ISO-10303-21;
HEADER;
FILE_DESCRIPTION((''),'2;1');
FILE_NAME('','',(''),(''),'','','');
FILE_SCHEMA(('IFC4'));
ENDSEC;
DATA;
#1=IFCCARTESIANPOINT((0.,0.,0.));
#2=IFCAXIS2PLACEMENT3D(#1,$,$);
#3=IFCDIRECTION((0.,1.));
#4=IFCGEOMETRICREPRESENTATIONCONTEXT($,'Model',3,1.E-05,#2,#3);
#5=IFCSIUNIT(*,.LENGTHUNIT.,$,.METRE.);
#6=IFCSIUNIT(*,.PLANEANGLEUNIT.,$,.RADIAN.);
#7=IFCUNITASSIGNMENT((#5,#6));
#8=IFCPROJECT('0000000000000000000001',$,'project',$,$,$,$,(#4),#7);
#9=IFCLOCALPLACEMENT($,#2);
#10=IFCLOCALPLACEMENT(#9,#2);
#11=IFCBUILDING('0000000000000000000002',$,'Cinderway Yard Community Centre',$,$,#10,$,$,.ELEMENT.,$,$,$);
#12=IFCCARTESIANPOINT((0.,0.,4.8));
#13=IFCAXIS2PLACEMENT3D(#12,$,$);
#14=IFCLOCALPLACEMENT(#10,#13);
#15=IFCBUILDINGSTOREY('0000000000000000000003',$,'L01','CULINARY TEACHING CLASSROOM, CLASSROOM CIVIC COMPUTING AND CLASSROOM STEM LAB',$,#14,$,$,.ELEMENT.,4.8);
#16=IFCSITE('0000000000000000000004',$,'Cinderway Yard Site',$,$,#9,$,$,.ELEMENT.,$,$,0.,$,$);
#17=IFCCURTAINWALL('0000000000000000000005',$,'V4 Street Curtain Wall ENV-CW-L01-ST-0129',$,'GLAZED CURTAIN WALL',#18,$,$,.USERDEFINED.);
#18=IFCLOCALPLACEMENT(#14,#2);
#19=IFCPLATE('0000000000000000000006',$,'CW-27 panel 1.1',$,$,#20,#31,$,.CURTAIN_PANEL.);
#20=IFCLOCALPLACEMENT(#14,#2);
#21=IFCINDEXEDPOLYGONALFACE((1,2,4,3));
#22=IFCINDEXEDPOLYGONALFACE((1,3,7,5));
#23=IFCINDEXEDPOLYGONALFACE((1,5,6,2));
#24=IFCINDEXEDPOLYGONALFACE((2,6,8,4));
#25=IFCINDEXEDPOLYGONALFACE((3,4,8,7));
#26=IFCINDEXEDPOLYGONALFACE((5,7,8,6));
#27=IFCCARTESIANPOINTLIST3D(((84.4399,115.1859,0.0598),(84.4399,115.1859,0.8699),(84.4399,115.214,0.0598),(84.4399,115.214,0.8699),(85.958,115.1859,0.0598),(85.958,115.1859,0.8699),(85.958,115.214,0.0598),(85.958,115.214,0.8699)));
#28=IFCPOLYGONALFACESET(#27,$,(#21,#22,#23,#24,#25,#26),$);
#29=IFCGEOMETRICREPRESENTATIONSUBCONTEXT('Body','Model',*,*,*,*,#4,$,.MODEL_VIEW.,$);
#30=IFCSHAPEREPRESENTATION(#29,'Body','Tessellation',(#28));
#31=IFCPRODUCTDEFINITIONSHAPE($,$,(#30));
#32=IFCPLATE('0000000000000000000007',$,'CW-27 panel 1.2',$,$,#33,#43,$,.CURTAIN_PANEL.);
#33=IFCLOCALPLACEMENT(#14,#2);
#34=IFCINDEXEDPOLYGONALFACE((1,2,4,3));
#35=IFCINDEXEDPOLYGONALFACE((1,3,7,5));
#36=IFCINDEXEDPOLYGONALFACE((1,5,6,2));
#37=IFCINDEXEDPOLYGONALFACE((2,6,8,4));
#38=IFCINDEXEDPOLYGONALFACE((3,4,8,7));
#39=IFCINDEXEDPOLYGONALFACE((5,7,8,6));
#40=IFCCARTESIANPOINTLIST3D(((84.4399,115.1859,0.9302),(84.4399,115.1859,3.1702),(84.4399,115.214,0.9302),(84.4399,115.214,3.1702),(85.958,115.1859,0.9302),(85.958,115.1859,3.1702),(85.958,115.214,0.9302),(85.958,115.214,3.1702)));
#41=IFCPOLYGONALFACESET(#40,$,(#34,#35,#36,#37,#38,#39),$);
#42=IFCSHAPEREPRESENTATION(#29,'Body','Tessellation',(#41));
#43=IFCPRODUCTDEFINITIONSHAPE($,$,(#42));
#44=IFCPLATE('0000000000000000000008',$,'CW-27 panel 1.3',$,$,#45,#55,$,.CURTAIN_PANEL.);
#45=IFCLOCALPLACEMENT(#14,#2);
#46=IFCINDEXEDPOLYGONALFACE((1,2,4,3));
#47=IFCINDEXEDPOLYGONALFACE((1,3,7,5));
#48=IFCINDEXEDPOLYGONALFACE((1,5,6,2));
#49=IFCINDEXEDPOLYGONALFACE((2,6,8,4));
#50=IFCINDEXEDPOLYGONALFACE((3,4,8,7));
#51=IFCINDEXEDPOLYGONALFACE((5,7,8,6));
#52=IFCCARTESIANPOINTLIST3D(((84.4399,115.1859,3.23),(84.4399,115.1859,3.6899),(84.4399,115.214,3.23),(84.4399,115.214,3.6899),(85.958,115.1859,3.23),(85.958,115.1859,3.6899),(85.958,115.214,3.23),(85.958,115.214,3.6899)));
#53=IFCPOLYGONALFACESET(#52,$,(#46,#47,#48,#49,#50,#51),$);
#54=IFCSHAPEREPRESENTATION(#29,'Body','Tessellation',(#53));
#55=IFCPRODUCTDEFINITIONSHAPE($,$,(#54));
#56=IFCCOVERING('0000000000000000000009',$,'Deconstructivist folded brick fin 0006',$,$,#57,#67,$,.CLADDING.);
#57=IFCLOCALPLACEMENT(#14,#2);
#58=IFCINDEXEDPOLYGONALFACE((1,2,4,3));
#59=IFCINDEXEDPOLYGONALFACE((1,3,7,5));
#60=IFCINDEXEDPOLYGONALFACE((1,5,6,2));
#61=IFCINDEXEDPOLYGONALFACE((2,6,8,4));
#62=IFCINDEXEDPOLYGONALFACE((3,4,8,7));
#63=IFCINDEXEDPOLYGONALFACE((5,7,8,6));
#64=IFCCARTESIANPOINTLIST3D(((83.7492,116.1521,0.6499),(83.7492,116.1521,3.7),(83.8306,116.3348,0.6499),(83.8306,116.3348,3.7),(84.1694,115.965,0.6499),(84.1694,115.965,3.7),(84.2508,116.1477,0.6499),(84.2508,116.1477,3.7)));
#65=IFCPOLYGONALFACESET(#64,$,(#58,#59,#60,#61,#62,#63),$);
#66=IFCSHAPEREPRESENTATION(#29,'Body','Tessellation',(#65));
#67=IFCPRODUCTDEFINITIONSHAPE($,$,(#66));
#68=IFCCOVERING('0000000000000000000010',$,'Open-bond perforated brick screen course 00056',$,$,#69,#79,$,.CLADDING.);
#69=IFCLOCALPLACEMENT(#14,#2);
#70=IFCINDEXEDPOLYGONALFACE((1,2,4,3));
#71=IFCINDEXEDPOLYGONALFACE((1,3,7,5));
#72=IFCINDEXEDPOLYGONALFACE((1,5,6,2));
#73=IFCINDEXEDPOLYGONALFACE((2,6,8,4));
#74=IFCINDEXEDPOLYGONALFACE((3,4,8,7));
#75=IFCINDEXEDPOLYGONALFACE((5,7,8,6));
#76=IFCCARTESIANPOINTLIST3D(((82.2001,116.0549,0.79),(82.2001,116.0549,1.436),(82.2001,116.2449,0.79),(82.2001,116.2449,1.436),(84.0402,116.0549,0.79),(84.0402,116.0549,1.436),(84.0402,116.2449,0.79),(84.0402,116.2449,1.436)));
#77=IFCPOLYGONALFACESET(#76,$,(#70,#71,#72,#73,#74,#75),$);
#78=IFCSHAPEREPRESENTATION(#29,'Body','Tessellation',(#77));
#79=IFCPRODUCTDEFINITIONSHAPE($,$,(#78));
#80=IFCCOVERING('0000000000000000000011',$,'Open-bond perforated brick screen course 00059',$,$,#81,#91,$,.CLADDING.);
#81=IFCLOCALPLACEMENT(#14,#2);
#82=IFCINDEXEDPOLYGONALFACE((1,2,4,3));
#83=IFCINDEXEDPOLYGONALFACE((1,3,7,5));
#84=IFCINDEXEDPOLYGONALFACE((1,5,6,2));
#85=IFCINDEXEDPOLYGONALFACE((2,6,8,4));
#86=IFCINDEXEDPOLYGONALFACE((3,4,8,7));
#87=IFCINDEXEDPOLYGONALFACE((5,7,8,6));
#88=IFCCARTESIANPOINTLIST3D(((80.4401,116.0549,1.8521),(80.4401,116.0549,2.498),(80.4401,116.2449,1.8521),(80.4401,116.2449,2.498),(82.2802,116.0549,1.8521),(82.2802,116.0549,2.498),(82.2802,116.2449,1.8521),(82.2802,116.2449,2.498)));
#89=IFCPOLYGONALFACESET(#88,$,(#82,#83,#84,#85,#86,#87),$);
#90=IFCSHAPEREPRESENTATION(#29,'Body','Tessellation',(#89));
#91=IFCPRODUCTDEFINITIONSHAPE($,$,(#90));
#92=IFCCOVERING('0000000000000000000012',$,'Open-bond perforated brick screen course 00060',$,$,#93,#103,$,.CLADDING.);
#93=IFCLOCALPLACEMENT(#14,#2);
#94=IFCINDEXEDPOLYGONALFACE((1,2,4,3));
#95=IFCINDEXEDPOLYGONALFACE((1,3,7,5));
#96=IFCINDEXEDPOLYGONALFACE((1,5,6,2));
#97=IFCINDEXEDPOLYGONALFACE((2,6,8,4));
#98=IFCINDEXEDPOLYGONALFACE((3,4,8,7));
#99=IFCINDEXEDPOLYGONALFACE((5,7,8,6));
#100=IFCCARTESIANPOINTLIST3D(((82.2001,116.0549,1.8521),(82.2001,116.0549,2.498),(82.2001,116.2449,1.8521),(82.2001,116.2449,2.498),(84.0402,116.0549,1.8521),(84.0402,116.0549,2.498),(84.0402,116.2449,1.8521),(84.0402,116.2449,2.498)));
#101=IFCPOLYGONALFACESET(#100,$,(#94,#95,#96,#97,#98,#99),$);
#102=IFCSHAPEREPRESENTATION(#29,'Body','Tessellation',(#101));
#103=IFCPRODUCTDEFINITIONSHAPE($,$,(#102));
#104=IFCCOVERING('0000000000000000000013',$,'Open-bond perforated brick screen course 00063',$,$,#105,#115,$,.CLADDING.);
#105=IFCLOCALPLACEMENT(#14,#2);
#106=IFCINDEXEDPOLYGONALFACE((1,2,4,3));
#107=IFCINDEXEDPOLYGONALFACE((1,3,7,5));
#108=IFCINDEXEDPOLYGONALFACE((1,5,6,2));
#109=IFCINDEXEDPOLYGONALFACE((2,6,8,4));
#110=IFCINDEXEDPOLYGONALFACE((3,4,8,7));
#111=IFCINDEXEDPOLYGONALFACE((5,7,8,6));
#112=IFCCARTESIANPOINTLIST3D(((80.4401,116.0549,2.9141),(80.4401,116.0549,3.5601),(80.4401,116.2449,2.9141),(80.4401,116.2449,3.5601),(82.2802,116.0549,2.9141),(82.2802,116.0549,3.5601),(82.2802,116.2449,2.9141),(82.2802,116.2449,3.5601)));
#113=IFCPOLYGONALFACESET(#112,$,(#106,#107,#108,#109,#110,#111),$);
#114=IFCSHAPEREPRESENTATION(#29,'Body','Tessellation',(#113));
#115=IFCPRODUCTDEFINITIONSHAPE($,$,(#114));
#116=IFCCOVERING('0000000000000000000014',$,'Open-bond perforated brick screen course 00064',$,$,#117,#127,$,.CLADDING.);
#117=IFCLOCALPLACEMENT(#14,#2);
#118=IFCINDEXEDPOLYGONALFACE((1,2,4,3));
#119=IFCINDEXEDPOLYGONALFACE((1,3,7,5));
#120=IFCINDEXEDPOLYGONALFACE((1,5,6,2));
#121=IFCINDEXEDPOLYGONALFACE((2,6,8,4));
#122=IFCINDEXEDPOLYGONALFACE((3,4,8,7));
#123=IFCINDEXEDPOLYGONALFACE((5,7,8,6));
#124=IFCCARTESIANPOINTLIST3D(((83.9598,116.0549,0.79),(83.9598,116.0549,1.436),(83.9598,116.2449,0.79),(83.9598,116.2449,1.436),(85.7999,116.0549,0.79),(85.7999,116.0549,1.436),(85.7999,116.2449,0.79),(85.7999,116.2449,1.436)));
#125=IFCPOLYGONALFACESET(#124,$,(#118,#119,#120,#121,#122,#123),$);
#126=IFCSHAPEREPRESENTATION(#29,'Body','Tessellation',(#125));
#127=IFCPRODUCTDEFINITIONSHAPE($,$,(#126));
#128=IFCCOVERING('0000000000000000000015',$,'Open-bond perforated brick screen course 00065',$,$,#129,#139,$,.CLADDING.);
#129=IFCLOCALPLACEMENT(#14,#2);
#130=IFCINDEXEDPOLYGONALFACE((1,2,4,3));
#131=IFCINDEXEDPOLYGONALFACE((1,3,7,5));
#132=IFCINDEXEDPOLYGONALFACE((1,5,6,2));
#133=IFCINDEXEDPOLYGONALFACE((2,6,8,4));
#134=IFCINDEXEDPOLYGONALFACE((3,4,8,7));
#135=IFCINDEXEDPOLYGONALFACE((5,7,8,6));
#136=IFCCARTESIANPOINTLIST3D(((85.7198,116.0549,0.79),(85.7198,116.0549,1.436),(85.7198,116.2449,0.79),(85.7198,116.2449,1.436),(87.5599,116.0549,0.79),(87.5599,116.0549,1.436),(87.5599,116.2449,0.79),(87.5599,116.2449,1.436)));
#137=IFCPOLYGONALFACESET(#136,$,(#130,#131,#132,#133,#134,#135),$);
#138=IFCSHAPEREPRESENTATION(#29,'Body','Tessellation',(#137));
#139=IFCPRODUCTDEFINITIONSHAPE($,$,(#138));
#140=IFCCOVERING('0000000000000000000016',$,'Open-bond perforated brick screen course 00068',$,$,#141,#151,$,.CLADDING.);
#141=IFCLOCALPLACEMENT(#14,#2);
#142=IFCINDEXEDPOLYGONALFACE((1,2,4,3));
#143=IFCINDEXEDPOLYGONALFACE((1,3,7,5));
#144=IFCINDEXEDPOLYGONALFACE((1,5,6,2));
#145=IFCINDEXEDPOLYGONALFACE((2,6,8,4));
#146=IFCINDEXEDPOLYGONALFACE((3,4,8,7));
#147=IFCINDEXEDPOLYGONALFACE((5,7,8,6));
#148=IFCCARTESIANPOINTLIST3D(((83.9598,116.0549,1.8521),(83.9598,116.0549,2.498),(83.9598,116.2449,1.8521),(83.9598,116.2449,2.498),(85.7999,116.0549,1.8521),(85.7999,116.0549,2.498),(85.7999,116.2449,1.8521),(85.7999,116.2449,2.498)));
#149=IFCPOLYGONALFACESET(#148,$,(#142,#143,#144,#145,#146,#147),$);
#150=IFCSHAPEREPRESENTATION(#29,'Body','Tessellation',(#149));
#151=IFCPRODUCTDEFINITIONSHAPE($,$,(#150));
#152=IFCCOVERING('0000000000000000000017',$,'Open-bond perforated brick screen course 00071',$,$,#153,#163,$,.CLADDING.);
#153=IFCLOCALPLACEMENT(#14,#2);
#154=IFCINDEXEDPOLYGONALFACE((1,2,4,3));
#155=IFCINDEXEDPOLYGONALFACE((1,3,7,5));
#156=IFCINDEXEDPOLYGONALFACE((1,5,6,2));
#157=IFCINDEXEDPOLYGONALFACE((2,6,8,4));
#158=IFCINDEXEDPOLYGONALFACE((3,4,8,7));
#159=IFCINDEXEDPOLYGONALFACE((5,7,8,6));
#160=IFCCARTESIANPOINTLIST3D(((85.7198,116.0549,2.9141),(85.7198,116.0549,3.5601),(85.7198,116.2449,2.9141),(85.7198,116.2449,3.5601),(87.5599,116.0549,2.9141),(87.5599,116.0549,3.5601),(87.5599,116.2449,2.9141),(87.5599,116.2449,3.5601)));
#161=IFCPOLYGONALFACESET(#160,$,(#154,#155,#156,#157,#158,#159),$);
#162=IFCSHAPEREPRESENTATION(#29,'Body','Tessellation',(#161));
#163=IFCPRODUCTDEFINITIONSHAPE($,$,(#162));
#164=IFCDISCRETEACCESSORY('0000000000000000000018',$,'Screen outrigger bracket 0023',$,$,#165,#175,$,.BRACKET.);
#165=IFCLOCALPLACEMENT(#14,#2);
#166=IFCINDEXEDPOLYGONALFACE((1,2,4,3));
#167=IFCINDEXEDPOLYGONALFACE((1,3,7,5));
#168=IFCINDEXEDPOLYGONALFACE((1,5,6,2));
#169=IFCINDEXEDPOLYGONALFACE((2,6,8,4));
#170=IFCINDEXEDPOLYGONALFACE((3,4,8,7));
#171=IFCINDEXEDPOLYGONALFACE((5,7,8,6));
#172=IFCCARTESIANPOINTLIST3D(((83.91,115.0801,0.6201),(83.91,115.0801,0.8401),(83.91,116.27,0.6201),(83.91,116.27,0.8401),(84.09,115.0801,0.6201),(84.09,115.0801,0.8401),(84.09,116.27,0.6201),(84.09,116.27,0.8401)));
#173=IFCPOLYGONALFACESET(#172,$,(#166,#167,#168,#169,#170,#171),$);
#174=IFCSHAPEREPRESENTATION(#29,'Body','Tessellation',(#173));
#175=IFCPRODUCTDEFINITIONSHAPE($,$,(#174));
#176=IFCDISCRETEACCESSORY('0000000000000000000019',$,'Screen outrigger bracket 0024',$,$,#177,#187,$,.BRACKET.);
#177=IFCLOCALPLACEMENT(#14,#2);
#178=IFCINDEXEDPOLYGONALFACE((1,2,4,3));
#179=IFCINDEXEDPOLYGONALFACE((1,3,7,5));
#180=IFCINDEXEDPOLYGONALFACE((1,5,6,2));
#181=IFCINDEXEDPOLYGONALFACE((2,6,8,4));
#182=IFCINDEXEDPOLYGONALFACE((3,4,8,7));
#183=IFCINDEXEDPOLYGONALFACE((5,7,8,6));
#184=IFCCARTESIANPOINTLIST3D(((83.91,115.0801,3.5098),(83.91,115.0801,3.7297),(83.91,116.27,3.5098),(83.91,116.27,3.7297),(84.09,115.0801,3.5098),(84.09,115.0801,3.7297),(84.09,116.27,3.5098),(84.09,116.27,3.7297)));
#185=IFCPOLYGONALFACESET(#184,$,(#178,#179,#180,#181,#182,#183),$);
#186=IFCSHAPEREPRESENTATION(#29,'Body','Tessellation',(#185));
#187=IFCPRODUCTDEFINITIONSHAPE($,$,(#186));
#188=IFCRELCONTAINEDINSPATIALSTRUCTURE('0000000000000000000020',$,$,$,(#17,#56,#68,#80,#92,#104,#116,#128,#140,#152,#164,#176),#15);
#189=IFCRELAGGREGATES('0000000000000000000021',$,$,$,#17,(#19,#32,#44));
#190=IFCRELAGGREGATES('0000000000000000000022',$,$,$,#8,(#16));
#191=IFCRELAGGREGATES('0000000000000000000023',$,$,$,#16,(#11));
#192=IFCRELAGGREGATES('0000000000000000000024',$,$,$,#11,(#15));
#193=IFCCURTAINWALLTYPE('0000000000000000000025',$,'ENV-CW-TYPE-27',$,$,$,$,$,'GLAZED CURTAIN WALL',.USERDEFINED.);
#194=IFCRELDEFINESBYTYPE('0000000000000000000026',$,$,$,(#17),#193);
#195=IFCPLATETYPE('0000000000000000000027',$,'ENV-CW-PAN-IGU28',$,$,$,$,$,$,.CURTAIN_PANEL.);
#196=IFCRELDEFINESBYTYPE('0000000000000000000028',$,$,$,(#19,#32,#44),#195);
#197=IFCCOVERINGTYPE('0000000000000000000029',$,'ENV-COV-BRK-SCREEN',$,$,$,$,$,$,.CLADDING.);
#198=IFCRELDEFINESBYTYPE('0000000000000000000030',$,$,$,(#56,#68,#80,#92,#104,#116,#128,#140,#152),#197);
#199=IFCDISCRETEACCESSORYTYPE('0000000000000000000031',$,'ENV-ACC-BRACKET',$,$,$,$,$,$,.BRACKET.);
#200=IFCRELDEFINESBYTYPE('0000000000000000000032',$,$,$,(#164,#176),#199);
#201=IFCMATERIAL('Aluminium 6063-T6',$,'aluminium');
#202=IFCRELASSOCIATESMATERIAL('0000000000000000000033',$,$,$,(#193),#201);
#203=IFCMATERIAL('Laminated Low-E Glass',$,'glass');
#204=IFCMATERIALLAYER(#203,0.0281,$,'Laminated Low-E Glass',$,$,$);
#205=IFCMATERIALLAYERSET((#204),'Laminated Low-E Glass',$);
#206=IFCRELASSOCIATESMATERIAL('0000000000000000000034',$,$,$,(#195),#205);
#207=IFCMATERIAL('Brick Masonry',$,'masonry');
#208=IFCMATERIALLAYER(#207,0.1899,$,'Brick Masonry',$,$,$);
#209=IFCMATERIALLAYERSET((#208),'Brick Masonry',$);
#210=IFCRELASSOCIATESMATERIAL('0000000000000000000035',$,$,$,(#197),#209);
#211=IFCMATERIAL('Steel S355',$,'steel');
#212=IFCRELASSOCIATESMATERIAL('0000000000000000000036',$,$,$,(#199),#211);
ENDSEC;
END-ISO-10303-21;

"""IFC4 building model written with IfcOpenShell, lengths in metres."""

from ifc_helpers import new_model, si_unit, direction, frame, origin, origin_2d, place, context, subcontext, project, spatial, rectangle, extrude, material, layer, layer_set, type_object, element, aggregate, save


model = new_model("IFC4")

# Units and contexts
model_context = context("Model", 3, precision=1e-05, world=origin(), true_north=direction((0.0, 1.0)))
body_context = subcontext(model_context, "Body", "Model", "MODEL_VIEW")
ifc_project = project(units=[si_unit("LENGTHUNIT", "METRE"), si_unit("PLANEANGLEUNIT", "RADIAN")], contexts=[model_context])

# Site, building, storey
site_placement = place(None, origin())
site = spatial("IfcSite", under=ifc_project, at=site_placement, Name="Cinderway Yard Site", CompositionType="ELEMENT", RefElevation=0.0)
building_placement = place(site_placement, origin())
building = spatial("IfcBuilding", under=site, at=building_placement, Name="Cinderway Yard Community Centre", CompositionType="ELEMENT")
storey_placement = place(building_placement, frame((0.0, 0.0, 4.8)))
storey = spatial("IfcBuildingStorey", under=building, at=storey_placement, Name="L01", Description="CULINARY TEACHING CLASSROOM, CLASSROOM CIVIC COMPUTING AND CLASSROOM STEM LAB", CompositionType="ELEMENT", Elevation=4.8)

# Curtain wall
ifc_material_1 = material(Name="Aluminium 6063-T6", Category="aluminium")
curtain_wall_type = type_object("IfcCurtainWallType", Name="ENV-CW-TYPE-27", ElementType="GLAZED CURTAIN WALL", PredefinedType="USERDEFINED", material=ifc_material_1)
curtain_wall_placement = place(storey_placement, origin())
curtain_wall = element("IfcCurtainWall", 1, at=curtain_wall_placement, inside=storey, type_object=curtain_wall_type, Name="V4 Street Curtain Wall ENV-CW-L01-ST-0129", ObjectType="GLAZED CURTAIN WALL", PredefinedType="USERDEFINED")

# Shared definitions
ifc_material_2 = material(Name="Steel S355", Category="steel")

# Plates
ifc_material_3 = material(Name="Laminated Low-E Glass", Category="glass")
ifc_layer_1 = layer(ifc_material_3, 0.0281, Name="Laminated Low-E Glass")
ifc_layer_set_1 = layer_set([ifc_layer_1], Name="Laminated Low-E Glass")
plate_type = type_object("IfcPlateType", Name="ENV-CW-PAN-IGU28", PredefinedType="CURTAIN_PANEL", material=ifc_layer_set_1)
plate_1_placement = place(storey_placement, frame((85.199, 115.2, 0.0598), z_axis=(0.0, 0.0, 1.0), x_axis=(1.0, 0.0, 0.0)))
plate_1 = element("IfcPlate", 2, at=plate_1_placement, type_object=plate_type, Name="CW-27 panel 1.1", PredefinedType="CURTAIN_PANEL", context=body_context, shape_type="SweptSolid", body=[
    extrude(rectangle(XDim=1.5181, YDim=0.0281, at=origin_2d()), origin(), (0.0, 0.0, 1.0), 0.8101),
])
plate_2_placement = place(storey_placement, frame((85.199, 115.2, 0.9302), z_axis=(0.0, 0.0, 1.0), x_axis=(1.0, 0.0, 0.0)))
plate_2 = element("IfcPlate", 3, at=plate_2_placement, type_object=plate_type, Name="CW-27 panel 1.2", PredefinedType="CURTAIN_PANEL", context=body_context, shape_type="SweptSolid", body=[
    extrude(rectangle(XDim=1.5181, YDim=0.0281, at=origin_2d()), origin(), (0.0, 0.0, 1.0), 2.24),
])
plate_3_placement = place(storey_placement, frame((85.199, 115.2, 3.23), z_axis=(0.0, 0.0, 1.0), x_axis=(1.0, 0.0, 0.0)))
plate_3 = element("IfcPlate", 4, at=plate_3_placement, type_object=plate_type, Name="CW-27 panel 1.3", PredefinedType="CURTAIN_PANEL", context=body_context, shape_type="SweptSolid", body=[
    extrude(rectangle(XDim=1.5181, YDim=0.0281, at=origin_2d()), origin(), (0.0, 0.0, 1.0), 0.46),
])
aggregate(curtain_wall, [plate_1, plate_2, plate_3])

# Coverings
ifc_material_4 = material(Name="Brick Masonry", Category="masonry")
ifc_layer_2 = layer(ifc_material_4, 0.1899, Name="Brick Masonry")
ifc_layer_set_2 = layer_set([ifc_layer_2], Name="Brick Masonry")
covering_type = type_object("IfcCoveringType", Name="ENV-COV-BRK-SCREEN", PredefinedType="CLADDING", material=ifc_layer_set_2)
covering_placement = place(storey_placement, frame((84.0, 116.1499, 0.6499), z_axis=(0.0, 0.0, 1.0), x_axis=(0.913545, -0.406737, 0.0)))
element("IfcCovering", 5, at=covering_placement, inside=storey, type_object=covering_type, Name="Deconstructivist folded brick fin 0006", PredefinedType="CLADDING", context=body_context, shape_type="SweptSolid", body=[
    extrude(rectangle(XDim=0.46, YDim=0.2, at=origin_2d()), origin(), (0.0, 0.0, 1.0), 3.05),
])
for number, where, z_axis, x_axis, name in (
    (6, (83.1201, 116.1499, 0.79), (0.0, 0.0, 1.0), (1.0, 0.0, 0.0), "Open-bond perforated brick screen course 00056"),
    (7, (81.3601, 116.1499, 1.8521), (0.0, 0.0, 1.0), (1.0, 0.0, 0.0), "Open-bond perforated brick screen course 00059"),
    (8, (83.1201, 116.1499, 1.8521), (0.0, 0.0, 1.0), (1.0, 0.0, 0.0), "Open-bond perforated brick screen course 00060"),
    (9, (81.3601, 116.1499, 2.9141), (0.0, 0.0, 1.0), (1.0, 0.0, 0.0), "Open-bond perforated brick screen course 00063"),
    (10, (84.8799, 116.1499, 0.79), (0.0, 0.0, 1.0), (1.0, 0.0, 0.0), "Open-bond perforated brick screen course 00064"),
    (11, (86.6399, 116.1499, 0.79), (0.0, 0.0, 1.0), (1.0, 0.0, 0.0), "Open-bond perforated brick screen course 00065"),
    (12, (84.8799, 116.1499, 1.8521), (0.0, 0.0, 1.0), (1.0, 0.0, 0.0), "Open-bond perforated brick screen course 00068"),
    (13, (86.6399, 116.1499, 2.9141), (0.0, 0.0, 1.0), (1.0, 0.0, 0.0), "Open-bond perforated brick screen course 00071"),
):
    element("IfcCovering", number, at=place(storey_placement, frame(where, z_axis=z_axis, x_axis=x_axis)), inside=storey, type_object=covering_type, Name=name, PredefinedType="CLADDING", context=body_context, shape_type="SweptSolid", body=[
        extrude(rectangle(XDim=1.8401, YDim=0.1899, at=origin_2d()), origin(), (0.0, 0.0, 1.0), 0.646),
    ])

# Discrete accessories
discrete_accessory_type = type_object("IfcDiscreteAccessoryType", Name="ENV-ACC-BRACKET", PredefinedType="BRACKET", material=ifc_material_2)
for number, where, z_axis, x_axis, name in (
    (14, (84.0, 115.675, 0.6201), (0.0, 0.0, 1.0), (0.0, 1.0, 0.0), "Screen outrigger bracket 0023"),
    (15, (84.0, 115.675, 3.5098), (0.0, 0.0, 1.0), (0.0, 1.0, 0.0), "Screen outrigger bracket 0024"),
):
    element("IfcDiscreteAccessory", number, at=place(storey_placement, frame(where, z_axis=z_axis, x_axis=x_axis)), inside=storey, type_object=discrete_accessory_type, Name=name, PredefinedType="BRACKET", context=body_context, shape_type="SweptSolid", body=[
        extrude(rectangle(XDim=1.1899, YDim=0.1799, at=origin_2d()), origin(), (0.0, 0.0, 1.0), 0.22),
    ])

save(model, "model.ifc")
